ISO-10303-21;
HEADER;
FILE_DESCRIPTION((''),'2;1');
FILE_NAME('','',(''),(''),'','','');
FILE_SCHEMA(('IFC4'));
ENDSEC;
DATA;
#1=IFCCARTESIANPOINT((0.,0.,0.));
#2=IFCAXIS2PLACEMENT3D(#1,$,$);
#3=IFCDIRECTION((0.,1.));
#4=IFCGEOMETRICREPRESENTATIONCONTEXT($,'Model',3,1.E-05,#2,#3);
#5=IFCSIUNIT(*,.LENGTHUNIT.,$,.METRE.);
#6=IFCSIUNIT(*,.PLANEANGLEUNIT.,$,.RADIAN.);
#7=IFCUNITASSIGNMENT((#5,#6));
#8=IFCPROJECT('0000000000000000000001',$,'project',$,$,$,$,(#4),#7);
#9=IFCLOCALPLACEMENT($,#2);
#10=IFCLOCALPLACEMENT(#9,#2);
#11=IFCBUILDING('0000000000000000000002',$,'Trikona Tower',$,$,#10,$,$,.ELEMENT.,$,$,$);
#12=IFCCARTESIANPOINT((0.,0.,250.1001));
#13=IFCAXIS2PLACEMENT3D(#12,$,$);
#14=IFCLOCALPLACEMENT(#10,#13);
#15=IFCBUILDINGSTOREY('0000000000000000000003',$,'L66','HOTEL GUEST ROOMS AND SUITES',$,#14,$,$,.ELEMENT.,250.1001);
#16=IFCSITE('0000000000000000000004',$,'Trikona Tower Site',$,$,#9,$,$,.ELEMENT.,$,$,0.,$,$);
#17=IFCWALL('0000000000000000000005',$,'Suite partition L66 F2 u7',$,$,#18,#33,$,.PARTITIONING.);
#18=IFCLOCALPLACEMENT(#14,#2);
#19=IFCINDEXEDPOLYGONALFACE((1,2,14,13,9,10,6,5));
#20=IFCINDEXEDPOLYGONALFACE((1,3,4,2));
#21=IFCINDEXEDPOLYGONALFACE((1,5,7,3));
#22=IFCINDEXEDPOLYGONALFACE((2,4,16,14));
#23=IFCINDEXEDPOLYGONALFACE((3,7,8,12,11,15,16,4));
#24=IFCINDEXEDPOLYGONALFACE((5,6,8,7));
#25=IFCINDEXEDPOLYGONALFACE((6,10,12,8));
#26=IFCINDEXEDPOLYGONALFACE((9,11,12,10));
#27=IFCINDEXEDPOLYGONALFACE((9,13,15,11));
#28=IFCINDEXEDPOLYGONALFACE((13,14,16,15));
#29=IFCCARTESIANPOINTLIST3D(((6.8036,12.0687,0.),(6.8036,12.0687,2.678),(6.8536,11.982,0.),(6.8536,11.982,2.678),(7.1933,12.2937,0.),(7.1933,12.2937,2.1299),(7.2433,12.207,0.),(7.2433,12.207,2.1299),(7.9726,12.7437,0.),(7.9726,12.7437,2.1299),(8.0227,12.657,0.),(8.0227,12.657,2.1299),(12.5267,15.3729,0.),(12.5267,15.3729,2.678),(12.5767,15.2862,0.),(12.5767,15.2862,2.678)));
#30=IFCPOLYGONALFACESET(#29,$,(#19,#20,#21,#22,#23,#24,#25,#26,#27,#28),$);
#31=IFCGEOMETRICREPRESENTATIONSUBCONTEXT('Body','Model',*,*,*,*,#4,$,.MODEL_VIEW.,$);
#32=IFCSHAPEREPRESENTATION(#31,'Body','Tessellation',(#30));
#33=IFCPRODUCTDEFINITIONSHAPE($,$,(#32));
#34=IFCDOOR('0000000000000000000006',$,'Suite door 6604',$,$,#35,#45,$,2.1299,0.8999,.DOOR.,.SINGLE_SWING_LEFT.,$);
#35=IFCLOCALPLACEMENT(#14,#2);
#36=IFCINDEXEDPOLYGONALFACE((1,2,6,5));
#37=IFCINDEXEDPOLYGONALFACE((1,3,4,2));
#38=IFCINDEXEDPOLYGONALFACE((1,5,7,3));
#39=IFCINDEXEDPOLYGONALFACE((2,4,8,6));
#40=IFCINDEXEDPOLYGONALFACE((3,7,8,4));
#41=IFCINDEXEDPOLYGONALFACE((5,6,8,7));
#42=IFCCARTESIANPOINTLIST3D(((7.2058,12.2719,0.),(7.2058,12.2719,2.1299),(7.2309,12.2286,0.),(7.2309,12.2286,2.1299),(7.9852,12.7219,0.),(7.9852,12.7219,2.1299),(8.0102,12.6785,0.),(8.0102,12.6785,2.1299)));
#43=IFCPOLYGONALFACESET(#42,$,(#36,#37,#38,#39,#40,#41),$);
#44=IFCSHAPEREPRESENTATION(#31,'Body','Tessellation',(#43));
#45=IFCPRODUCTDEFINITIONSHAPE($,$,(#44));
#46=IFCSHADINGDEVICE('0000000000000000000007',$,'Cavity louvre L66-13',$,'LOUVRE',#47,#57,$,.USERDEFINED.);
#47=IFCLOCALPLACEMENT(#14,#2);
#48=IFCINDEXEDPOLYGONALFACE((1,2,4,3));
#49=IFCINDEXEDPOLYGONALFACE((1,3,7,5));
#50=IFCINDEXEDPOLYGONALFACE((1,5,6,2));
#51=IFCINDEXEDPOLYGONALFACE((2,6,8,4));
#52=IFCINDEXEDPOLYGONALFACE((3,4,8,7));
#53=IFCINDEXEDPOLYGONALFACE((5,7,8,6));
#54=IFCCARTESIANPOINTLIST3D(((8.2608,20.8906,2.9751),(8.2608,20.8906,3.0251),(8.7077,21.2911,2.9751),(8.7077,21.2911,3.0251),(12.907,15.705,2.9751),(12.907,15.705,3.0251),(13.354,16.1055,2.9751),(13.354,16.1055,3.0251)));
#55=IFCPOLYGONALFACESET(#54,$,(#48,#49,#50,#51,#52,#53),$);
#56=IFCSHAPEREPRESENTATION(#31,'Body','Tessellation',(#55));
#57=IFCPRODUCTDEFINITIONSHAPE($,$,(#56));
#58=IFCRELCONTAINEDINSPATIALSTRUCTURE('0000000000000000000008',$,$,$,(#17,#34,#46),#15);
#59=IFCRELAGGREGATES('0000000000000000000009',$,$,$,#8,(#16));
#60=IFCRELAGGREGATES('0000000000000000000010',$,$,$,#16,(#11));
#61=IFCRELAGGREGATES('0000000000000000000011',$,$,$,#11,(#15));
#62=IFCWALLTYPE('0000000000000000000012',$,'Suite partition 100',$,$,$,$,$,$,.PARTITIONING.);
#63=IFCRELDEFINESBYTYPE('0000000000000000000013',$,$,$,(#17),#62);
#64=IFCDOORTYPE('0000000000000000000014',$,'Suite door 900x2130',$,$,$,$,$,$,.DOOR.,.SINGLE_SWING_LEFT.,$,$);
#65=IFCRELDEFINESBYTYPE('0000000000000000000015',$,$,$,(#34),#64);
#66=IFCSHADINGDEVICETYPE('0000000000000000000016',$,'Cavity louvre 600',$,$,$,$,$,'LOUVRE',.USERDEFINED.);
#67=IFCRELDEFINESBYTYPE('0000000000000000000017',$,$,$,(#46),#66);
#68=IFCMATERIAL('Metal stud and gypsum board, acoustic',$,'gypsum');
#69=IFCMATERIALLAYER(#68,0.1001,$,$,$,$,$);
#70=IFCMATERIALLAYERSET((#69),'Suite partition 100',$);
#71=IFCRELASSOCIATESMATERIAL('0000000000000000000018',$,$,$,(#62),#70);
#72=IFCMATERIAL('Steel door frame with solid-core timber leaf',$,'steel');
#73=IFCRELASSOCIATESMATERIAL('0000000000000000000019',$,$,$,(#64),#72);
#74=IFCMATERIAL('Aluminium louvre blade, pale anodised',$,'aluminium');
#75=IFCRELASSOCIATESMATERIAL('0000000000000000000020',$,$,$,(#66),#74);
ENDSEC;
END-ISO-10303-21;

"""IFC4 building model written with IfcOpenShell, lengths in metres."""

from ifc_helpers import new_model, si_unit, direction, frame, frame_2d, origin, origin_2d, place, context, subcontext, project, spatial, rectangle, extrude, material, layer, layer_set, type_object, element, fill, save


model = new_model("IFC4")

# Units and contexts
model_context = context("Model", 3, precision=1e-05, world=origin(), true_north=direction((0.0, 1.0)))
body_context = subcontext(model_context, "Body", "Model", "MODEL_VIEW")
ifc_project = project(units=[si_unit("LENGTHUNIT", "METRE"), si_unit("PLANEANGLEUNIT", "RADIAN")], contexts=[model_context])

# Site, building, storey
site_placement = place(None, origin())
site = spatial("IfcSite", under=ifc_project, at=site_placement, Name="Trikona Tower Site", CompositionType="ELEMENT", RefElevation=0.0)
building_placement = place(site_placement, origin())
building = spatial("IfcBuilding", under=site, at=building_placement, Name="Trikona Tower", CompositionType="ELEMENT")
storey_placement = place(building_placement, frame((0.0, 0.0, 250.1001)))
storey = spatial("IfcBuildingStorey", under=building, at=storey_placement, Name="L66", Description="HOTEL GUEST ROOMS AND SUITES", CompositionType="ELEMENT", Elevation=250.1001)

# Wall, opening, door
ifc_material_1 = material(Name="Metal stud and gypsum board, acoustic", Category="gypsum")
ifc_layer_1 = layer(ifc_material_1, 0.1001)
ifc_layer_set_1 = layer_set([ifc_layer_1], Name="Suite partition 100")
wall_type_1 = type_object("IfcWallType", Name="Suite partition 100", PredefinedType="PARTITIONING", material=ifc_layer_set_1)
wall_1_placement = place(storey_placement, frame((6.8286, 12.0254, 0.0), z_axis=(0.0, 0.0, 1.0), x_axis=(0.866029, 0.499993, 0.0)))
wall_1 = element("IfcWall", 1, at=wall_1_placement, inside=storey, type_object=wall_type_1, Name="Suite partition L66 F2 u7", PredefinedType="PARTITIONING", context=body_context, shape_type="SweptSolid", body=[
    extrude(rectangle(XDim=6.6084, YDim=0.1001, at=frame_2d((3.3042, 0.0))), origin(), (0.0, 0.0, 1.0), 2.678),
])
opening_1_placement = place(wall_1_placement, frame((0.45, 0.0, 0.0)))
opening_1 = element("IfcOpeningElement", 2, at=opening_1_placement, cuts=wall_1, PredefinedType="OPENING", context=body_context, shape_type="SweptSolid", body=[
    extrude(rectangle(XDim=0.8999, YDim=2.1299, at=frame_2d((0.45, 1.0649))), frame((0.0, 0.0601, 0.0), z_axis=(0.0, -1.0, 0.0), x_axis=(1.0, 0.0, 0.0)), (0.0, 0.0, 1.0), 0.1201),
])
ifc_material_2 = material(Name="Steel door frame with solid-core timber leaf", Category="steel")
door_type = type_object("IfcDoorType", Name="Suite door 900x2130", OperationType="SINGLE_SWING_LEFT", PredefinedType="DOOR", material=ifc_material_2)
door_placement = place(opening_1_placement, origin())
door = element("IfcDoor", 3, at=door_placement, inside=storey, type_object=door_type, Name="Suite door 6604", OperationType="SINGLE_SWING_LEFT", OverallHeight=2.1299, OverallWidth=0.8999, PredefinedType="DOOR", context=body_context, shape_type="SweptSolid", body=[
    extrude(rectangle(XDim=0.8999, YDim=2.1299, at=frame_2d((0.45, 1.0649))), frame((0.0, 0.0249, 0.0), z_axis=(0.0, -1.0, 0.0), x_axis=(1.0, 0.0, 0.0)), (0.0, 0.0, 1.0), 0.05),
])
fill(opening_1, door)

# Shading device
ifc_material_3 = material(Name="Aluminium louvre blade, pale anodised", Category="aluminium")
shading_device_type = type_object("IfcShadingDeviceType", Name="Cavity louvre 600", ElementType="LOUVRE", PredefinedType="USERDEFINED", material=ifc_material_3)
shading_device_placement = place(storey_placement, frame((10.8074, 18.498, 2.9751), z_axis=(0.0, 0.0, 1.0), x_axis=(-0.667311, 0.744779, 0.0)))
element("IfcShadingDevice", 4, at=shading_device_placement, inside=storey, type_object=shading_device_type, Name="Cavity louvre L66-13", ObjectType="LOUVRE", PredefinedType="USERDEFINED", context=body_context, shape_type="SweptSolid", body=[
    extrude(rectangle(XDim=6.9626, YDim=0.6001, at=origin_2d()), origin(), (0.0, 0.0, 1.0), 0.05),
])

save(model, "model.ifc")
